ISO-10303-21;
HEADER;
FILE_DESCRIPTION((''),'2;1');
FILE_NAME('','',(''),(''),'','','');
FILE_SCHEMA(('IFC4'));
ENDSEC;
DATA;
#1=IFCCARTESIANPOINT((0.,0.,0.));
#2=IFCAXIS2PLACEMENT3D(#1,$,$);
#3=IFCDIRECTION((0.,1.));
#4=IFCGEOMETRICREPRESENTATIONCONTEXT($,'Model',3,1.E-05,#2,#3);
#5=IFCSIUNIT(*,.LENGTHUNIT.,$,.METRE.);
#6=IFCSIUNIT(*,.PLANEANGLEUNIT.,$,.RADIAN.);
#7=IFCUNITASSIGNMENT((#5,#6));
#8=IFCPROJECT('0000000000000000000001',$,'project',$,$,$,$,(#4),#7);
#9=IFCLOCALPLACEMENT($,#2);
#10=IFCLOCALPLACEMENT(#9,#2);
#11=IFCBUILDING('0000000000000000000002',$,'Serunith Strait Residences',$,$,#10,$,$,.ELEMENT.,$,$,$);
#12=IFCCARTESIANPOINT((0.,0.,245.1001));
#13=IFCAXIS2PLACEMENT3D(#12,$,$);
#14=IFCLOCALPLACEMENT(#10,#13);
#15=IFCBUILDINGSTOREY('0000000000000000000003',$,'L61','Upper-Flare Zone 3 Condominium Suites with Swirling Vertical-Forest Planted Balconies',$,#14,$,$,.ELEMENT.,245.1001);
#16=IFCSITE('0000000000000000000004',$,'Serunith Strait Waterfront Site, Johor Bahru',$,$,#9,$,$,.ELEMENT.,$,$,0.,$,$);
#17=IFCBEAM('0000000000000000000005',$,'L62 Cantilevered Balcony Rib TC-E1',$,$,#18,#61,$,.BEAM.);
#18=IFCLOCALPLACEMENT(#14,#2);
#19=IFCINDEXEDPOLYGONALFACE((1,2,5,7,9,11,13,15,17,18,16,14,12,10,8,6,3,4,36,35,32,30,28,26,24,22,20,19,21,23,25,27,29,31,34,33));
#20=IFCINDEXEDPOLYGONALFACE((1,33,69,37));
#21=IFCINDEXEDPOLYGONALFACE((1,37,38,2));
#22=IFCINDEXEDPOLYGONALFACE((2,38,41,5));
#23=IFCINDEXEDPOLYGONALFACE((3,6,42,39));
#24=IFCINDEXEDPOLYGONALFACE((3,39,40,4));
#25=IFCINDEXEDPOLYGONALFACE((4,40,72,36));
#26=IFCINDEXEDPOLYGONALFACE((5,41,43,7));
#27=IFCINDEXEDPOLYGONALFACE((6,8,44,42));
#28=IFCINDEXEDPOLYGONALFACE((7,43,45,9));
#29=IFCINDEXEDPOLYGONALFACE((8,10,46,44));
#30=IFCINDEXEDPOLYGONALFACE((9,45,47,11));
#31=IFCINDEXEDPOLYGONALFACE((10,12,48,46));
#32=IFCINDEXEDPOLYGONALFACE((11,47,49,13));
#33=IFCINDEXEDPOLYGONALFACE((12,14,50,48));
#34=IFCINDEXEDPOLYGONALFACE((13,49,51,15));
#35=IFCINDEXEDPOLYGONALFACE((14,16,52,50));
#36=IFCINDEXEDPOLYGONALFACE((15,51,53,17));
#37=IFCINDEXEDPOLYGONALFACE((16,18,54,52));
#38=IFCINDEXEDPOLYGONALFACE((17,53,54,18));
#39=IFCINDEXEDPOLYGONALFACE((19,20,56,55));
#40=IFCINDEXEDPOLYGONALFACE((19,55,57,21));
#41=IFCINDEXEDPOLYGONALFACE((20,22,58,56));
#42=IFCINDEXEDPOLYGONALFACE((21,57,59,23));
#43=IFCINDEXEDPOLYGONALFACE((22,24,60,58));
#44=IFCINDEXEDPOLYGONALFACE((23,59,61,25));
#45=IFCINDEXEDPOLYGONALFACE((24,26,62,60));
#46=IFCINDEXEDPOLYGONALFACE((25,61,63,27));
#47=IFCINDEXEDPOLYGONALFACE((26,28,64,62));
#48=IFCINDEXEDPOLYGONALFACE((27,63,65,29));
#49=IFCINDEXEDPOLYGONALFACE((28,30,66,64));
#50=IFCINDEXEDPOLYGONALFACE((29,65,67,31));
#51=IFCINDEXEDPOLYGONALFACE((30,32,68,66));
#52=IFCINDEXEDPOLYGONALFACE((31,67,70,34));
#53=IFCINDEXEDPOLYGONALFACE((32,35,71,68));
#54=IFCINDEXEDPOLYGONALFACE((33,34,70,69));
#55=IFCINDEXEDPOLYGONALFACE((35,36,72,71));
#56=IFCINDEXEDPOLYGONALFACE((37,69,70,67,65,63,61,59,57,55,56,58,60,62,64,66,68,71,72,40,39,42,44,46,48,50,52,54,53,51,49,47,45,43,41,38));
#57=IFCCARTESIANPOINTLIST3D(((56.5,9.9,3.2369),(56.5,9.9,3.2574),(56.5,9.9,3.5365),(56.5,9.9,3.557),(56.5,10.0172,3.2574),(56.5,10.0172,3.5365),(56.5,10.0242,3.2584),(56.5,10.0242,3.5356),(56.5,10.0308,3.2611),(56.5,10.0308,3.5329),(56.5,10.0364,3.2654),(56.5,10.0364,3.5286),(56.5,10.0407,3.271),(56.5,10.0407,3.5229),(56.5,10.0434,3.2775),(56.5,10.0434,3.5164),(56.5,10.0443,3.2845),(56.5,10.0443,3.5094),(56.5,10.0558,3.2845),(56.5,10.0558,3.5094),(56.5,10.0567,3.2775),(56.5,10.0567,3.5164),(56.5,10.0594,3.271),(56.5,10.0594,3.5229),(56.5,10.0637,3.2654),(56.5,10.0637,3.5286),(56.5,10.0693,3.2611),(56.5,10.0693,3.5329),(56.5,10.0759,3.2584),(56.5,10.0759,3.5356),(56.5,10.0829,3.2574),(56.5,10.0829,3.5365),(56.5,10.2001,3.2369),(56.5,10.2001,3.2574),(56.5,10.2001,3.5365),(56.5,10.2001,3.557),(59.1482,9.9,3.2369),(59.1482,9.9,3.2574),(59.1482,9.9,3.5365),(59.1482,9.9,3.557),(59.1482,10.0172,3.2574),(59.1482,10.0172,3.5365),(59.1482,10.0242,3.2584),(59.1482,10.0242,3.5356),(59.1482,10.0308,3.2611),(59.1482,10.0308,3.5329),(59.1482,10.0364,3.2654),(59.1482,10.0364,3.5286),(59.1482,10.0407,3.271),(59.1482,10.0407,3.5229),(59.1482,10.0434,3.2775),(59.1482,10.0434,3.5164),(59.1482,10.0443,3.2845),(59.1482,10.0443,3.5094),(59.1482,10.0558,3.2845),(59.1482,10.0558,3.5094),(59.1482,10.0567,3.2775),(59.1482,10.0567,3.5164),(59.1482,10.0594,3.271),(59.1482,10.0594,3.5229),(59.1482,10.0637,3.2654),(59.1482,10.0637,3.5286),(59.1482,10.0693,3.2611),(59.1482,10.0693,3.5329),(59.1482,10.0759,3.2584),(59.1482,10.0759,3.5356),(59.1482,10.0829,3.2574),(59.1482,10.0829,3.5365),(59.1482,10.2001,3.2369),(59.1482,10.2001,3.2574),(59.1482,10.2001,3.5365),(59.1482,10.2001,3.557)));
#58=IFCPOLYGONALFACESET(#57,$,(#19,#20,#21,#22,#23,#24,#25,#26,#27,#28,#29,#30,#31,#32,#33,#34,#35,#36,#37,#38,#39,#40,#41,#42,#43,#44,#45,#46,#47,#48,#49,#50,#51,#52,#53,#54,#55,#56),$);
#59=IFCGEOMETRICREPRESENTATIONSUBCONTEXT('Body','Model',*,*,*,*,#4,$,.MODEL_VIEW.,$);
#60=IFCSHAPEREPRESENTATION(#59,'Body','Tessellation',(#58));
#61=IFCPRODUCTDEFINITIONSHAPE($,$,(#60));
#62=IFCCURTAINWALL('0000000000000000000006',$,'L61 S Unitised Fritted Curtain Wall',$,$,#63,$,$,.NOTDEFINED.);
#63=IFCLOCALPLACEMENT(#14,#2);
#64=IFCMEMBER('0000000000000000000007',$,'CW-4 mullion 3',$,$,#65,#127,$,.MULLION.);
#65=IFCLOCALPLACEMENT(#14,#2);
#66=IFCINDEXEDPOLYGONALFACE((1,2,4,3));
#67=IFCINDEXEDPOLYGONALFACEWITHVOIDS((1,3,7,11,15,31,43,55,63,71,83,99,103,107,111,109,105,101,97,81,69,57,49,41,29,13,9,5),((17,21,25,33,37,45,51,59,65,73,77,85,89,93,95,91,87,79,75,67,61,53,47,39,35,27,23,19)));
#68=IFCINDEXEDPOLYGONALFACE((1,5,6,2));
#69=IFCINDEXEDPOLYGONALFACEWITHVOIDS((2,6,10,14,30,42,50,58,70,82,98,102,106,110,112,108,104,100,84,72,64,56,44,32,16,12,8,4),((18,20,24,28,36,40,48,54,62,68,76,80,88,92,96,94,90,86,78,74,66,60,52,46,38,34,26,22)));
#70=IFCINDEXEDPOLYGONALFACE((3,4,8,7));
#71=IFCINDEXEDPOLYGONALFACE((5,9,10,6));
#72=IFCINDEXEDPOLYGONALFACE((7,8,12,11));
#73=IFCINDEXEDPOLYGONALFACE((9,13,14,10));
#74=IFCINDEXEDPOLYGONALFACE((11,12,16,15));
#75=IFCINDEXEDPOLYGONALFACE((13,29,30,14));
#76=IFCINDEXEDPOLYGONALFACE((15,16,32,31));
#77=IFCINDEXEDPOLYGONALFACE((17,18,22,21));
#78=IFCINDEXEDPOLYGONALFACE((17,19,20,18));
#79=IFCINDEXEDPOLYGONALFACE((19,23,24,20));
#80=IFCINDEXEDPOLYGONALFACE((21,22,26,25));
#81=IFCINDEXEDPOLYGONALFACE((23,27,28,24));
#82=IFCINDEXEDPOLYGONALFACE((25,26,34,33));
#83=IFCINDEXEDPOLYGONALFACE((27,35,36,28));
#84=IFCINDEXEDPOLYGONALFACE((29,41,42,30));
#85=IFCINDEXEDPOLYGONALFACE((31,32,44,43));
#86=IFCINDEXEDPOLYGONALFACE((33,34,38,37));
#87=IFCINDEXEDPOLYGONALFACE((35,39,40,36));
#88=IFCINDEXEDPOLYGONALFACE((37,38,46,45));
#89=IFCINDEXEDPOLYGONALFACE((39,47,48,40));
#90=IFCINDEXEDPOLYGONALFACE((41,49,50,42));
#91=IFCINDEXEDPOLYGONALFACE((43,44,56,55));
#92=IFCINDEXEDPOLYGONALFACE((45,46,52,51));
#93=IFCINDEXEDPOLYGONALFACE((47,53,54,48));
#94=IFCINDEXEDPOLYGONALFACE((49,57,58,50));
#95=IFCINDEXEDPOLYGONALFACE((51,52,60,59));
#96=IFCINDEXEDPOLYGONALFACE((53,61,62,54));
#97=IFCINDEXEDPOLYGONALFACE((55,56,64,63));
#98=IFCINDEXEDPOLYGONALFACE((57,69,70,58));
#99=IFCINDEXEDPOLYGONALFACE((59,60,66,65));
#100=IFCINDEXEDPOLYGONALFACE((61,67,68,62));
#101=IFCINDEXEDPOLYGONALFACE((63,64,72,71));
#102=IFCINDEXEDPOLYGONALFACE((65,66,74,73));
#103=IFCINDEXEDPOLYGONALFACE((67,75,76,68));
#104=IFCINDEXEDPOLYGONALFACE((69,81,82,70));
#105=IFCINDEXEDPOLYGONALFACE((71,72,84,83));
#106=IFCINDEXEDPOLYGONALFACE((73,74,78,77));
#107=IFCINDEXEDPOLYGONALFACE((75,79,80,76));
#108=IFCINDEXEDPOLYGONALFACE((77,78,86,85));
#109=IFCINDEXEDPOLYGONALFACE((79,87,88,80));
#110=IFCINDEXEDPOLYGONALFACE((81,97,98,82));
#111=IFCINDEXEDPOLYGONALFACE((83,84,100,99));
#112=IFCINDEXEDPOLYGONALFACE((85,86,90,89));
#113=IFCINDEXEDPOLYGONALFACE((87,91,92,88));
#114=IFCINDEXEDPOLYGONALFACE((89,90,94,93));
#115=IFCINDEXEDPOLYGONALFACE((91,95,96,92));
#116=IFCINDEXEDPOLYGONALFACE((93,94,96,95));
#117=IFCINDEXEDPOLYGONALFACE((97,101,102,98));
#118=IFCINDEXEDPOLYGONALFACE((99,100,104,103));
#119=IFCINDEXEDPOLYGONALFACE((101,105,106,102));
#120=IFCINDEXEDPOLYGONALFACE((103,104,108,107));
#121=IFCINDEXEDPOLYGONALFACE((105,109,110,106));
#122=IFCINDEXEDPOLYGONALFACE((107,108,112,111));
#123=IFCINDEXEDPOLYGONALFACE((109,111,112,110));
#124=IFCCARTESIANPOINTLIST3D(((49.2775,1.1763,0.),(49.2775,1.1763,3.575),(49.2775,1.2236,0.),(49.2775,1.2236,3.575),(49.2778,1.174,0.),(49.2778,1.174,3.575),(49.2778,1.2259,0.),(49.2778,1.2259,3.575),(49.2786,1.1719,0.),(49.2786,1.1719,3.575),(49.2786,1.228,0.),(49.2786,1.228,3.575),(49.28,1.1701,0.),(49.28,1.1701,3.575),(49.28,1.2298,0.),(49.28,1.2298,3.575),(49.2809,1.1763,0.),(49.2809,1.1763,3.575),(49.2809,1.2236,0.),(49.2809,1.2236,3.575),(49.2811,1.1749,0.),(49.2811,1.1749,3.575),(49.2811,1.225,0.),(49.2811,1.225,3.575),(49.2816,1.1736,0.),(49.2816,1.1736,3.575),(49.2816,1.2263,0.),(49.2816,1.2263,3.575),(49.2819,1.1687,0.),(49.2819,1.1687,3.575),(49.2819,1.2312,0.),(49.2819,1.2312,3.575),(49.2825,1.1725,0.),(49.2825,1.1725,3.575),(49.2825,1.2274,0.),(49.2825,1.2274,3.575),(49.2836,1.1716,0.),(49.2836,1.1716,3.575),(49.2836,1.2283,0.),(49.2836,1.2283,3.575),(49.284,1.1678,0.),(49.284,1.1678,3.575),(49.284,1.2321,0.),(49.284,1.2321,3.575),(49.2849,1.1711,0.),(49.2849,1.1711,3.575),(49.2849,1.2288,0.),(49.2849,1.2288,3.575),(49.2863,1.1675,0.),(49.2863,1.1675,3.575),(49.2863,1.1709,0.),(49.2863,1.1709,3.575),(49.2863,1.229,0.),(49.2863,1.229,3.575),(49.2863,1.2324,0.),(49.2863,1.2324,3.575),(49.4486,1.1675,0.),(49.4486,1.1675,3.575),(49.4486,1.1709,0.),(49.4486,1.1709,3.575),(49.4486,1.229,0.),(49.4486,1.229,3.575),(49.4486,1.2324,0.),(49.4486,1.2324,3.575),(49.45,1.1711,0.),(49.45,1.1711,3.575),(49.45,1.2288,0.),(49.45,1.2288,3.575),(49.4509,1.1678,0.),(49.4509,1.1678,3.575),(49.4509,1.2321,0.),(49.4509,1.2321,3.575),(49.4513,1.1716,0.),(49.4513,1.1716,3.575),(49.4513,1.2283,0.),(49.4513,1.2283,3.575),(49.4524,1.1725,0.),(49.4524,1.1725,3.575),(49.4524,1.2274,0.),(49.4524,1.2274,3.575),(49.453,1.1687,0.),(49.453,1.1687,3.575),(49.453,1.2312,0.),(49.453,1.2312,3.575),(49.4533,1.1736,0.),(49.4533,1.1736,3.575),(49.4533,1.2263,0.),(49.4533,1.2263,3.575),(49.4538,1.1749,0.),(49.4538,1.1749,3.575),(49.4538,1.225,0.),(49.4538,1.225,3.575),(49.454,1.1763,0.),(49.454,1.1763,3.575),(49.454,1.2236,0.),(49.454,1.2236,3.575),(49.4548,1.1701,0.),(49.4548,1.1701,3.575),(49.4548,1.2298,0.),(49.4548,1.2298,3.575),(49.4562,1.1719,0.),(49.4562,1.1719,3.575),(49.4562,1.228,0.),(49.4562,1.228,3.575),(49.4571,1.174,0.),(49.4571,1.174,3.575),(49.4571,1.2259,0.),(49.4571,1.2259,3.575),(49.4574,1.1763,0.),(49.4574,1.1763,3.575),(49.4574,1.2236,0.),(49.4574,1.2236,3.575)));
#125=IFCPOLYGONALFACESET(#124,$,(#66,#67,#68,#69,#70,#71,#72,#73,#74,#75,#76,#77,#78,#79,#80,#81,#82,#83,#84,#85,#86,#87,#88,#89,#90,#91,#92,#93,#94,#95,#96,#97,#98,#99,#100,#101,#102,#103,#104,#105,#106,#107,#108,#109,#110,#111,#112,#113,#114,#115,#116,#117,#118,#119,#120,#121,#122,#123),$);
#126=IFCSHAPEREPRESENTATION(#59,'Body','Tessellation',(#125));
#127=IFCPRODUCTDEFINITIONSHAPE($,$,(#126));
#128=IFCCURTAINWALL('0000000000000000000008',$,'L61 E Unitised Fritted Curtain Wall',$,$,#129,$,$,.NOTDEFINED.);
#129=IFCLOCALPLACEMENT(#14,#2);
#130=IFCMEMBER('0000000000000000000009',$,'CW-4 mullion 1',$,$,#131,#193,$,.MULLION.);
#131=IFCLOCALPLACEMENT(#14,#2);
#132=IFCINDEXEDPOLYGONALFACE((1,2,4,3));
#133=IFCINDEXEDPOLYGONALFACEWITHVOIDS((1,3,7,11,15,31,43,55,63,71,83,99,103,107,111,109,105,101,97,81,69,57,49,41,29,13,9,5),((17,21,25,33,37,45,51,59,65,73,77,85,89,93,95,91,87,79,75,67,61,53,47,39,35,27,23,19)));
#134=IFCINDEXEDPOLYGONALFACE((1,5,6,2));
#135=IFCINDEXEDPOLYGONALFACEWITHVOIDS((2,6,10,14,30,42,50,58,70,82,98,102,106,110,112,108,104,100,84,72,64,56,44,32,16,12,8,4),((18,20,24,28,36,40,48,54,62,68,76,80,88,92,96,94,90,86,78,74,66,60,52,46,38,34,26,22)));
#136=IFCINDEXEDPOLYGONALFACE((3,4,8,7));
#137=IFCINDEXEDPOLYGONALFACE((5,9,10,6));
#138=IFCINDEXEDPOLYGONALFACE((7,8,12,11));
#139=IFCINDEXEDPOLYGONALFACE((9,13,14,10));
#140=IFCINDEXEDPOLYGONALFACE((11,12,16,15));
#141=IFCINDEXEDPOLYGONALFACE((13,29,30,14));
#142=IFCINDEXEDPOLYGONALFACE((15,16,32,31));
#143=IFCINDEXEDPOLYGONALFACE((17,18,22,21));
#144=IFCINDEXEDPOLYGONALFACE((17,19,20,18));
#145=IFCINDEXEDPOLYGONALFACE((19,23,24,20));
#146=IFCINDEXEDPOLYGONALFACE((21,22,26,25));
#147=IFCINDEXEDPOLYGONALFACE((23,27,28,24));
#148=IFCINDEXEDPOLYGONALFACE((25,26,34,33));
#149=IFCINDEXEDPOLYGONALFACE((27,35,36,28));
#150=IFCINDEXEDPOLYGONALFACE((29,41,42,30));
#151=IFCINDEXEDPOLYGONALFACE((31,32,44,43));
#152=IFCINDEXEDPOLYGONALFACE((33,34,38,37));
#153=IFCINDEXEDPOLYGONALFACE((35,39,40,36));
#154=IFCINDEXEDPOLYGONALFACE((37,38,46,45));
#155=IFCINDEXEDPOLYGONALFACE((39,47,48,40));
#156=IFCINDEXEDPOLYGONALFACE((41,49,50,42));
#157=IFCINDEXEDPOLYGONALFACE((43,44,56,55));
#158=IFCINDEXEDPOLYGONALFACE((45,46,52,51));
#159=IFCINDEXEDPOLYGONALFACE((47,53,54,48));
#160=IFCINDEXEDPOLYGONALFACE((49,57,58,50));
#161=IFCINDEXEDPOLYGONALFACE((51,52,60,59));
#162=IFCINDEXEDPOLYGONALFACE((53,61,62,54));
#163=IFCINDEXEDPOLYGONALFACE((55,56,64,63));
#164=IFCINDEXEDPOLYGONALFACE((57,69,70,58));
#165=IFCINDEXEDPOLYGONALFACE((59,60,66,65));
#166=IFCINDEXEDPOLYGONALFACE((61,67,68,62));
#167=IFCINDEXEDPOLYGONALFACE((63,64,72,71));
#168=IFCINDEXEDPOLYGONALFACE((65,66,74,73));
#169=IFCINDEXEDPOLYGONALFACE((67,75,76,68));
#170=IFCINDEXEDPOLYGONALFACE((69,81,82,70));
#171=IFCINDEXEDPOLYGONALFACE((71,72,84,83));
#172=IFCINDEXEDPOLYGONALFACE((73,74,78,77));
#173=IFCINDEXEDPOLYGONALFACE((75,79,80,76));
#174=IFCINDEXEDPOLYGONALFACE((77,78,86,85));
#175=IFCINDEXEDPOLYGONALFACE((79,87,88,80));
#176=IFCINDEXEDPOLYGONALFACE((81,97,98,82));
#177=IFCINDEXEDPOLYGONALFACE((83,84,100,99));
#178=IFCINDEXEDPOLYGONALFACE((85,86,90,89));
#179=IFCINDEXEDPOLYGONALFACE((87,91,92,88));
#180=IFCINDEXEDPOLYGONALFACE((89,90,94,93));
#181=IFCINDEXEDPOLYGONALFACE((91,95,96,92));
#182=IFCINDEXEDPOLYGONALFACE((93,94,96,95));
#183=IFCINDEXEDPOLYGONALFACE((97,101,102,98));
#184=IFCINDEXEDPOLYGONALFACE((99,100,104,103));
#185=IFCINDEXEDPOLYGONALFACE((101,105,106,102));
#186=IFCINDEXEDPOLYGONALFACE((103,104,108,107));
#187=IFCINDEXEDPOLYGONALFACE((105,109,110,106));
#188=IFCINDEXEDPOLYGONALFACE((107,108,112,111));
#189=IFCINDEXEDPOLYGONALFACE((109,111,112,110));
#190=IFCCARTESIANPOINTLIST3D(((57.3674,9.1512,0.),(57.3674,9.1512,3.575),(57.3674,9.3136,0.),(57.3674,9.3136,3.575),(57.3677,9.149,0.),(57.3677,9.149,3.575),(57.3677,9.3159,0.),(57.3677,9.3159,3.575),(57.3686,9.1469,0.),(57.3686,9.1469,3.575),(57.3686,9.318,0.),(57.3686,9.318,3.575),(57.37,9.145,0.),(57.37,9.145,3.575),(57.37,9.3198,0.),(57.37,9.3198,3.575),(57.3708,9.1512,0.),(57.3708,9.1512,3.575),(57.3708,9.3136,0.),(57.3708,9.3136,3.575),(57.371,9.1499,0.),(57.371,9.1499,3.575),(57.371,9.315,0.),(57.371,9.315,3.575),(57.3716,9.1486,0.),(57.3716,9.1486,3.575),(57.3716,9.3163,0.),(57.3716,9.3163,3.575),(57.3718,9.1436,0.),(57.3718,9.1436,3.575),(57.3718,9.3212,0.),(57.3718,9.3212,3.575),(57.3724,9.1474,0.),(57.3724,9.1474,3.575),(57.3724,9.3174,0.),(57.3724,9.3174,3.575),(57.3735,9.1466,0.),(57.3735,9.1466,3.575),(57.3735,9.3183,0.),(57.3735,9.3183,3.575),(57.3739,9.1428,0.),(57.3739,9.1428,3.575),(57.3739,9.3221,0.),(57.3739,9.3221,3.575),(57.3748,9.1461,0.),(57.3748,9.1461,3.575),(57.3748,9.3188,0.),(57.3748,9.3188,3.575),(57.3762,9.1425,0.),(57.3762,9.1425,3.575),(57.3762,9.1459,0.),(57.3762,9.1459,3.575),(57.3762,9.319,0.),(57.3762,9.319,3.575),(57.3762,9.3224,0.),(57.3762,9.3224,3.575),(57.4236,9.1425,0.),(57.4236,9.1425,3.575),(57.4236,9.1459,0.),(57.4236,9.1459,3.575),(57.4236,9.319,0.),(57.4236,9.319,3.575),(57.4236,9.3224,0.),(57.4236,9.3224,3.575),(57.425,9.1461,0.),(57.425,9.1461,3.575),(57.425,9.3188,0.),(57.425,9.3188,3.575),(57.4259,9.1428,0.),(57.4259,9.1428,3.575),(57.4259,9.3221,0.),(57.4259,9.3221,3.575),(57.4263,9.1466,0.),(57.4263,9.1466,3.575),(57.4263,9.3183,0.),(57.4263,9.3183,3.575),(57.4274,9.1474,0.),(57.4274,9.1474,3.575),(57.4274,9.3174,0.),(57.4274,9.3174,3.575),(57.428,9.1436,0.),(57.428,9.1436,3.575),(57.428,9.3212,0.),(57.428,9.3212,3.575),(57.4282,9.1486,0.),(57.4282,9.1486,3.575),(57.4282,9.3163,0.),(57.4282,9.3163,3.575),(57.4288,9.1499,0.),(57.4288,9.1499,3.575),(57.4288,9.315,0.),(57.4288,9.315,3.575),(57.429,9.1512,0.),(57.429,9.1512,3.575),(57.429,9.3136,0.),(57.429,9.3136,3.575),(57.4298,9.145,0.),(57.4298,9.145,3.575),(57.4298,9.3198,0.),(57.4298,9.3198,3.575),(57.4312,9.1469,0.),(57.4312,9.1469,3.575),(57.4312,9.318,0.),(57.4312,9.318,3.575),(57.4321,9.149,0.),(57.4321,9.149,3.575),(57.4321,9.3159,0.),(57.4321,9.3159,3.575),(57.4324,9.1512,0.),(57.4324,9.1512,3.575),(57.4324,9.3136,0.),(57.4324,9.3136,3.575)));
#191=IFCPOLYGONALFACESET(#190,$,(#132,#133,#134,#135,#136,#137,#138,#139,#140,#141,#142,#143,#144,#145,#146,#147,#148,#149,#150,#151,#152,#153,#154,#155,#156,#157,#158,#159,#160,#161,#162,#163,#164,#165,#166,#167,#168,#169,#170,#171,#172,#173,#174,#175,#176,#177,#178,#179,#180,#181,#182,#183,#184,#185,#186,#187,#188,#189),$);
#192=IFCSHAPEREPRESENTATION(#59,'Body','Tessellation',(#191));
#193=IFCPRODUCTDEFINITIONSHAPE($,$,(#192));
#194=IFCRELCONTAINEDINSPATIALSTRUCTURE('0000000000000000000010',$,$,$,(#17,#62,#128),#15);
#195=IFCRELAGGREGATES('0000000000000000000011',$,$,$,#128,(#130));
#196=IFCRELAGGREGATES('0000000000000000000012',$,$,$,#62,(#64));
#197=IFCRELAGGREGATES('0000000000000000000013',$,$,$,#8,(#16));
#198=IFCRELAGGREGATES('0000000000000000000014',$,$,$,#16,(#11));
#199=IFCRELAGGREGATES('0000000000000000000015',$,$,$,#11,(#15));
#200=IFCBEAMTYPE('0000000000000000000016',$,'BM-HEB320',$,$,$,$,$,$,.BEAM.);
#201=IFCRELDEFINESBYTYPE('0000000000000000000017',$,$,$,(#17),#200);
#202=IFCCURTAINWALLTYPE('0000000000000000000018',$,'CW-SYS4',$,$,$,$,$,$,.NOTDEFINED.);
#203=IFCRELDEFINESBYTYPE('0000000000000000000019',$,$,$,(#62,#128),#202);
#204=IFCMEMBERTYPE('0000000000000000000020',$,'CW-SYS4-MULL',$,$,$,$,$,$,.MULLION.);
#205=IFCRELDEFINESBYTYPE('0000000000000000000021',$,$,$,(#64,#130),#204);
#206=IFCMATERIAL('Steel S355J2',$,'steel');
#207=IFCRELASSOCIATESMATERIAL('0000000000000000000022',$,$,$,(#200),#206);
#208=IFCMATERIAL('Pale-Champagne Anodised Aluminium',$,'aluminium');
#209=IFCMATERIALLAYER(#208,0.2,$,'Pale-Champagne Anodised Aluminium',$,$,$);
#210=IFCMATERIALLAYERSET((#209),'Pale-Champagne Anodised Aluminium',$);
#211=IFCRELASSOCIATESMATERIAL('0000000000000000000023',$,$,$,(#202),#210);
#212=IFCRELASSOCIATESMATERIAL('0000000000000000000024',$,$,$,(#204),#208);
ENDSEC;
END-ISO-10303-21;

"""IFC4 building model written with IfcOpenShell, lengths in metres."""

from ifc_helpers import new_model, si_unit, direction, frame, origin, origin_2d, place, context, subcontext, project, spatial, hollow_rectangle, i_section, extrude, source, transform, mapped, material, layer, layer_set, material_profile, profile_set, type_object, element, aggregate, save


model = new_model("IFC4")

# Units and contexts
model_context = context("Model", 3, precision=1e-05, world=origin(), true_north=direction((0.0, 1.0)))
body_context = subcontext(model_context, "Body", "Model", "MODEL_VIEW")
ifc_project = project(units=[si_unit("LENGTHUNIT", "METRE"), si_unit("PLANEANGLEUNIT", "RADIAN")], contexts=[model_context])

# Site, building, storey
site_placement = place(None, origin())
site = spatial("IfcSite", under=ifc_project, at=site_placement, Name="Serunith Strait Waterfront Site, Johor Bahru", CompositionType="ELEMENT", RefElevation=0.0)
building_placement = place(site_placement, origin())
building = spatial("IfcBuilding", under=site, at=building_placement, Name="Serunith Strait Residences", CompositionType="ELEMENT")
storey_placement = place(building_placement, frame((0.0, 0.0, 245.1001)))
storey = spatial("IfcBuildingStorey", under=building, at=storey_placement, Name="L61", Description="Upper-Flare Zone 3 Condominium Suites with Swirling Vertical-Forest Planted Balconies", CompositionType="ELEMENT", Elevation=245.1001)

# Beam
ifc_material_1 = material(Name="Steel S355J2", Category="steel")
ifc_material_profile_1 = material_profile(ifc_material_1, i_section(OverallWidth=0.3, OverallDepth=0.3201, WebThickness=0.0115, FlangeThickness=0.0205, FilletRadius=0.0271, at=origin_2d()), Name="HEB 320")
ifc_profile_set_1 = profile_set([ifc_material_profile_1], Name="Steel S355J2")
beam_type_1 = type_object("IfcBeamType", Name="BM-HEB320", PredefinedType="BEAM", material=ifc_profile_set_1)
shared_shape_1 = source(origin(), body_context, "Body", "SweptSolid", [
    extrude(i_section(OverallWidth=0.3, OverallDepth=0.3201, WebThickness=0.0115, FlangeThickness=0.0205, FilletRadius=0.0271, at=origin_2d()), origin(), (0.0, 0.0, 1.0), 2.6482),
])
beam_1_placement = place(storey_placement, frame((56.5, 10.05, 3.397), z_axis=(1.0, 0.0, 0.0), x_axis=(0.0, 1.0, 0.0)))
element("IfcBeam", 1, at=beam_1_placement, inside=storey, type_object=beam_type_1, Name="L62 Cantilevered Balcony Rib TC-E1", PredefinedType="BEAM", context=body_context, shape_type="MappedRepresentation", body=[
    mapped(shared_shape_1, transform((0.0, 0.0, 0.0), scale=1.0)),
])

# Curtain wall, member
ifc_material_2 = material(Name="Pale-Champagne Anodised Aluminium", Category="aluminium")
ifc_layer_1 = layer(ifc_material_2, 0.2, Name="Pale-Champagne Anodised Aluminium")
ifc_layer_set_1 = layer_set([ifc_layer_1], Name="Pale-Champagne Anodised Aluminium")
curtain_wall_type = type_object("IfcCurtainWallType", Name="CW-SYS4", PredefinedType="NOTDEFINED", material=ifc_layer_set_1)
curtain_wall_1_placement = place(storey_placement, origin())
curtain_wall_1 = element("IfcCurtainWall", 2, at=curtain_wall_1_placement, inside=storey, type_object=curtain_wall_type, Name="L61 S Unitised Fritted Curtain Wall", PredefinedType="NOTDEFINED")
ifc_material_profile_2 = material_profile(ifc_material_2, hollow_rectangle(XDim=0.0649, YDim=0.1799, WallThickness=0.0034, InnerFilletRadius=0.0054, OuterFilletRadius=0.0088, at=origin_2d()), Name="ALU 180x65x3.5")
ifc_profile_set_2 = profile_set([ifc_material_profile_2], Name="Pale-Champagne Anodised Aluminium")
member_type_1 = type_object("IfcMemberType", Name="CW-SYS4-MULL", PredefinedType="MULLION", material=ifc_profile_set_2)
shared_shape_2 = source(origin(), body_context, "Body", "SweptSolid", [
    extrude(hollow_rectangle(XDim=0.0649, YDim=0.1799, WallThickness=0.0034, InnerFilletRadius=0.0054, OuterFilletRadius=0.0088, at=origin_2d()), origin(), (0.0, 0.0, 1.0), 3.575),
])
member_1_placement = place(storey_placement, frame((49.3674, 1.2, 0.0), z_axis=(0.0, 0.0, 1.0), x_axis=(0.0, 1.0, 0.0)))
member_1 = element("IfcMember", 3, at=member_1_placement, type_object=member_type_1, Name="CW-4 mullion 3", PredefinedType="MULLION", context=body_context, shape_type="MappedRepresentation", body=[
    mapped(shared_shape_2, transform((0.0, 0.0, 0.0), scale=1.0)),
])

# Curtain wall, member
curtain_wall_2_placement = place(storey_placement, origin())
curtain_wall_2 = element("IfcCurtainWall", 4, at=curtain_wall_2_placement, inside=storey, type_object=curtain_wall_type, Name="L61 E Unitised Fritted Curtain Wall", PredefinedType="NOTDEFINED")
member_2_placement = place(storey_placement, frame((57.3999, 9.2324, 0.0), z_axis=(0.0, 0.0, 1.0), x_axis=(-1.0, 0.0, 0.0)))
member_2 = element("IfcMember", 5, at=member_2_placement, type_object=member_type_1, Name="CW-4 mullion 1", PredefinedType="MULLION", context=body_context, shape_type="MappedRepresentation", body=[
    mapped(shared_shape_2, transform((0.0, 0.0, 0.0), scale=1.0)),
])
aggregate(curtain_wall_2, [member_2])

aggregate(curtain_wall_1, [member_1])

save(model, "model.ifc")
